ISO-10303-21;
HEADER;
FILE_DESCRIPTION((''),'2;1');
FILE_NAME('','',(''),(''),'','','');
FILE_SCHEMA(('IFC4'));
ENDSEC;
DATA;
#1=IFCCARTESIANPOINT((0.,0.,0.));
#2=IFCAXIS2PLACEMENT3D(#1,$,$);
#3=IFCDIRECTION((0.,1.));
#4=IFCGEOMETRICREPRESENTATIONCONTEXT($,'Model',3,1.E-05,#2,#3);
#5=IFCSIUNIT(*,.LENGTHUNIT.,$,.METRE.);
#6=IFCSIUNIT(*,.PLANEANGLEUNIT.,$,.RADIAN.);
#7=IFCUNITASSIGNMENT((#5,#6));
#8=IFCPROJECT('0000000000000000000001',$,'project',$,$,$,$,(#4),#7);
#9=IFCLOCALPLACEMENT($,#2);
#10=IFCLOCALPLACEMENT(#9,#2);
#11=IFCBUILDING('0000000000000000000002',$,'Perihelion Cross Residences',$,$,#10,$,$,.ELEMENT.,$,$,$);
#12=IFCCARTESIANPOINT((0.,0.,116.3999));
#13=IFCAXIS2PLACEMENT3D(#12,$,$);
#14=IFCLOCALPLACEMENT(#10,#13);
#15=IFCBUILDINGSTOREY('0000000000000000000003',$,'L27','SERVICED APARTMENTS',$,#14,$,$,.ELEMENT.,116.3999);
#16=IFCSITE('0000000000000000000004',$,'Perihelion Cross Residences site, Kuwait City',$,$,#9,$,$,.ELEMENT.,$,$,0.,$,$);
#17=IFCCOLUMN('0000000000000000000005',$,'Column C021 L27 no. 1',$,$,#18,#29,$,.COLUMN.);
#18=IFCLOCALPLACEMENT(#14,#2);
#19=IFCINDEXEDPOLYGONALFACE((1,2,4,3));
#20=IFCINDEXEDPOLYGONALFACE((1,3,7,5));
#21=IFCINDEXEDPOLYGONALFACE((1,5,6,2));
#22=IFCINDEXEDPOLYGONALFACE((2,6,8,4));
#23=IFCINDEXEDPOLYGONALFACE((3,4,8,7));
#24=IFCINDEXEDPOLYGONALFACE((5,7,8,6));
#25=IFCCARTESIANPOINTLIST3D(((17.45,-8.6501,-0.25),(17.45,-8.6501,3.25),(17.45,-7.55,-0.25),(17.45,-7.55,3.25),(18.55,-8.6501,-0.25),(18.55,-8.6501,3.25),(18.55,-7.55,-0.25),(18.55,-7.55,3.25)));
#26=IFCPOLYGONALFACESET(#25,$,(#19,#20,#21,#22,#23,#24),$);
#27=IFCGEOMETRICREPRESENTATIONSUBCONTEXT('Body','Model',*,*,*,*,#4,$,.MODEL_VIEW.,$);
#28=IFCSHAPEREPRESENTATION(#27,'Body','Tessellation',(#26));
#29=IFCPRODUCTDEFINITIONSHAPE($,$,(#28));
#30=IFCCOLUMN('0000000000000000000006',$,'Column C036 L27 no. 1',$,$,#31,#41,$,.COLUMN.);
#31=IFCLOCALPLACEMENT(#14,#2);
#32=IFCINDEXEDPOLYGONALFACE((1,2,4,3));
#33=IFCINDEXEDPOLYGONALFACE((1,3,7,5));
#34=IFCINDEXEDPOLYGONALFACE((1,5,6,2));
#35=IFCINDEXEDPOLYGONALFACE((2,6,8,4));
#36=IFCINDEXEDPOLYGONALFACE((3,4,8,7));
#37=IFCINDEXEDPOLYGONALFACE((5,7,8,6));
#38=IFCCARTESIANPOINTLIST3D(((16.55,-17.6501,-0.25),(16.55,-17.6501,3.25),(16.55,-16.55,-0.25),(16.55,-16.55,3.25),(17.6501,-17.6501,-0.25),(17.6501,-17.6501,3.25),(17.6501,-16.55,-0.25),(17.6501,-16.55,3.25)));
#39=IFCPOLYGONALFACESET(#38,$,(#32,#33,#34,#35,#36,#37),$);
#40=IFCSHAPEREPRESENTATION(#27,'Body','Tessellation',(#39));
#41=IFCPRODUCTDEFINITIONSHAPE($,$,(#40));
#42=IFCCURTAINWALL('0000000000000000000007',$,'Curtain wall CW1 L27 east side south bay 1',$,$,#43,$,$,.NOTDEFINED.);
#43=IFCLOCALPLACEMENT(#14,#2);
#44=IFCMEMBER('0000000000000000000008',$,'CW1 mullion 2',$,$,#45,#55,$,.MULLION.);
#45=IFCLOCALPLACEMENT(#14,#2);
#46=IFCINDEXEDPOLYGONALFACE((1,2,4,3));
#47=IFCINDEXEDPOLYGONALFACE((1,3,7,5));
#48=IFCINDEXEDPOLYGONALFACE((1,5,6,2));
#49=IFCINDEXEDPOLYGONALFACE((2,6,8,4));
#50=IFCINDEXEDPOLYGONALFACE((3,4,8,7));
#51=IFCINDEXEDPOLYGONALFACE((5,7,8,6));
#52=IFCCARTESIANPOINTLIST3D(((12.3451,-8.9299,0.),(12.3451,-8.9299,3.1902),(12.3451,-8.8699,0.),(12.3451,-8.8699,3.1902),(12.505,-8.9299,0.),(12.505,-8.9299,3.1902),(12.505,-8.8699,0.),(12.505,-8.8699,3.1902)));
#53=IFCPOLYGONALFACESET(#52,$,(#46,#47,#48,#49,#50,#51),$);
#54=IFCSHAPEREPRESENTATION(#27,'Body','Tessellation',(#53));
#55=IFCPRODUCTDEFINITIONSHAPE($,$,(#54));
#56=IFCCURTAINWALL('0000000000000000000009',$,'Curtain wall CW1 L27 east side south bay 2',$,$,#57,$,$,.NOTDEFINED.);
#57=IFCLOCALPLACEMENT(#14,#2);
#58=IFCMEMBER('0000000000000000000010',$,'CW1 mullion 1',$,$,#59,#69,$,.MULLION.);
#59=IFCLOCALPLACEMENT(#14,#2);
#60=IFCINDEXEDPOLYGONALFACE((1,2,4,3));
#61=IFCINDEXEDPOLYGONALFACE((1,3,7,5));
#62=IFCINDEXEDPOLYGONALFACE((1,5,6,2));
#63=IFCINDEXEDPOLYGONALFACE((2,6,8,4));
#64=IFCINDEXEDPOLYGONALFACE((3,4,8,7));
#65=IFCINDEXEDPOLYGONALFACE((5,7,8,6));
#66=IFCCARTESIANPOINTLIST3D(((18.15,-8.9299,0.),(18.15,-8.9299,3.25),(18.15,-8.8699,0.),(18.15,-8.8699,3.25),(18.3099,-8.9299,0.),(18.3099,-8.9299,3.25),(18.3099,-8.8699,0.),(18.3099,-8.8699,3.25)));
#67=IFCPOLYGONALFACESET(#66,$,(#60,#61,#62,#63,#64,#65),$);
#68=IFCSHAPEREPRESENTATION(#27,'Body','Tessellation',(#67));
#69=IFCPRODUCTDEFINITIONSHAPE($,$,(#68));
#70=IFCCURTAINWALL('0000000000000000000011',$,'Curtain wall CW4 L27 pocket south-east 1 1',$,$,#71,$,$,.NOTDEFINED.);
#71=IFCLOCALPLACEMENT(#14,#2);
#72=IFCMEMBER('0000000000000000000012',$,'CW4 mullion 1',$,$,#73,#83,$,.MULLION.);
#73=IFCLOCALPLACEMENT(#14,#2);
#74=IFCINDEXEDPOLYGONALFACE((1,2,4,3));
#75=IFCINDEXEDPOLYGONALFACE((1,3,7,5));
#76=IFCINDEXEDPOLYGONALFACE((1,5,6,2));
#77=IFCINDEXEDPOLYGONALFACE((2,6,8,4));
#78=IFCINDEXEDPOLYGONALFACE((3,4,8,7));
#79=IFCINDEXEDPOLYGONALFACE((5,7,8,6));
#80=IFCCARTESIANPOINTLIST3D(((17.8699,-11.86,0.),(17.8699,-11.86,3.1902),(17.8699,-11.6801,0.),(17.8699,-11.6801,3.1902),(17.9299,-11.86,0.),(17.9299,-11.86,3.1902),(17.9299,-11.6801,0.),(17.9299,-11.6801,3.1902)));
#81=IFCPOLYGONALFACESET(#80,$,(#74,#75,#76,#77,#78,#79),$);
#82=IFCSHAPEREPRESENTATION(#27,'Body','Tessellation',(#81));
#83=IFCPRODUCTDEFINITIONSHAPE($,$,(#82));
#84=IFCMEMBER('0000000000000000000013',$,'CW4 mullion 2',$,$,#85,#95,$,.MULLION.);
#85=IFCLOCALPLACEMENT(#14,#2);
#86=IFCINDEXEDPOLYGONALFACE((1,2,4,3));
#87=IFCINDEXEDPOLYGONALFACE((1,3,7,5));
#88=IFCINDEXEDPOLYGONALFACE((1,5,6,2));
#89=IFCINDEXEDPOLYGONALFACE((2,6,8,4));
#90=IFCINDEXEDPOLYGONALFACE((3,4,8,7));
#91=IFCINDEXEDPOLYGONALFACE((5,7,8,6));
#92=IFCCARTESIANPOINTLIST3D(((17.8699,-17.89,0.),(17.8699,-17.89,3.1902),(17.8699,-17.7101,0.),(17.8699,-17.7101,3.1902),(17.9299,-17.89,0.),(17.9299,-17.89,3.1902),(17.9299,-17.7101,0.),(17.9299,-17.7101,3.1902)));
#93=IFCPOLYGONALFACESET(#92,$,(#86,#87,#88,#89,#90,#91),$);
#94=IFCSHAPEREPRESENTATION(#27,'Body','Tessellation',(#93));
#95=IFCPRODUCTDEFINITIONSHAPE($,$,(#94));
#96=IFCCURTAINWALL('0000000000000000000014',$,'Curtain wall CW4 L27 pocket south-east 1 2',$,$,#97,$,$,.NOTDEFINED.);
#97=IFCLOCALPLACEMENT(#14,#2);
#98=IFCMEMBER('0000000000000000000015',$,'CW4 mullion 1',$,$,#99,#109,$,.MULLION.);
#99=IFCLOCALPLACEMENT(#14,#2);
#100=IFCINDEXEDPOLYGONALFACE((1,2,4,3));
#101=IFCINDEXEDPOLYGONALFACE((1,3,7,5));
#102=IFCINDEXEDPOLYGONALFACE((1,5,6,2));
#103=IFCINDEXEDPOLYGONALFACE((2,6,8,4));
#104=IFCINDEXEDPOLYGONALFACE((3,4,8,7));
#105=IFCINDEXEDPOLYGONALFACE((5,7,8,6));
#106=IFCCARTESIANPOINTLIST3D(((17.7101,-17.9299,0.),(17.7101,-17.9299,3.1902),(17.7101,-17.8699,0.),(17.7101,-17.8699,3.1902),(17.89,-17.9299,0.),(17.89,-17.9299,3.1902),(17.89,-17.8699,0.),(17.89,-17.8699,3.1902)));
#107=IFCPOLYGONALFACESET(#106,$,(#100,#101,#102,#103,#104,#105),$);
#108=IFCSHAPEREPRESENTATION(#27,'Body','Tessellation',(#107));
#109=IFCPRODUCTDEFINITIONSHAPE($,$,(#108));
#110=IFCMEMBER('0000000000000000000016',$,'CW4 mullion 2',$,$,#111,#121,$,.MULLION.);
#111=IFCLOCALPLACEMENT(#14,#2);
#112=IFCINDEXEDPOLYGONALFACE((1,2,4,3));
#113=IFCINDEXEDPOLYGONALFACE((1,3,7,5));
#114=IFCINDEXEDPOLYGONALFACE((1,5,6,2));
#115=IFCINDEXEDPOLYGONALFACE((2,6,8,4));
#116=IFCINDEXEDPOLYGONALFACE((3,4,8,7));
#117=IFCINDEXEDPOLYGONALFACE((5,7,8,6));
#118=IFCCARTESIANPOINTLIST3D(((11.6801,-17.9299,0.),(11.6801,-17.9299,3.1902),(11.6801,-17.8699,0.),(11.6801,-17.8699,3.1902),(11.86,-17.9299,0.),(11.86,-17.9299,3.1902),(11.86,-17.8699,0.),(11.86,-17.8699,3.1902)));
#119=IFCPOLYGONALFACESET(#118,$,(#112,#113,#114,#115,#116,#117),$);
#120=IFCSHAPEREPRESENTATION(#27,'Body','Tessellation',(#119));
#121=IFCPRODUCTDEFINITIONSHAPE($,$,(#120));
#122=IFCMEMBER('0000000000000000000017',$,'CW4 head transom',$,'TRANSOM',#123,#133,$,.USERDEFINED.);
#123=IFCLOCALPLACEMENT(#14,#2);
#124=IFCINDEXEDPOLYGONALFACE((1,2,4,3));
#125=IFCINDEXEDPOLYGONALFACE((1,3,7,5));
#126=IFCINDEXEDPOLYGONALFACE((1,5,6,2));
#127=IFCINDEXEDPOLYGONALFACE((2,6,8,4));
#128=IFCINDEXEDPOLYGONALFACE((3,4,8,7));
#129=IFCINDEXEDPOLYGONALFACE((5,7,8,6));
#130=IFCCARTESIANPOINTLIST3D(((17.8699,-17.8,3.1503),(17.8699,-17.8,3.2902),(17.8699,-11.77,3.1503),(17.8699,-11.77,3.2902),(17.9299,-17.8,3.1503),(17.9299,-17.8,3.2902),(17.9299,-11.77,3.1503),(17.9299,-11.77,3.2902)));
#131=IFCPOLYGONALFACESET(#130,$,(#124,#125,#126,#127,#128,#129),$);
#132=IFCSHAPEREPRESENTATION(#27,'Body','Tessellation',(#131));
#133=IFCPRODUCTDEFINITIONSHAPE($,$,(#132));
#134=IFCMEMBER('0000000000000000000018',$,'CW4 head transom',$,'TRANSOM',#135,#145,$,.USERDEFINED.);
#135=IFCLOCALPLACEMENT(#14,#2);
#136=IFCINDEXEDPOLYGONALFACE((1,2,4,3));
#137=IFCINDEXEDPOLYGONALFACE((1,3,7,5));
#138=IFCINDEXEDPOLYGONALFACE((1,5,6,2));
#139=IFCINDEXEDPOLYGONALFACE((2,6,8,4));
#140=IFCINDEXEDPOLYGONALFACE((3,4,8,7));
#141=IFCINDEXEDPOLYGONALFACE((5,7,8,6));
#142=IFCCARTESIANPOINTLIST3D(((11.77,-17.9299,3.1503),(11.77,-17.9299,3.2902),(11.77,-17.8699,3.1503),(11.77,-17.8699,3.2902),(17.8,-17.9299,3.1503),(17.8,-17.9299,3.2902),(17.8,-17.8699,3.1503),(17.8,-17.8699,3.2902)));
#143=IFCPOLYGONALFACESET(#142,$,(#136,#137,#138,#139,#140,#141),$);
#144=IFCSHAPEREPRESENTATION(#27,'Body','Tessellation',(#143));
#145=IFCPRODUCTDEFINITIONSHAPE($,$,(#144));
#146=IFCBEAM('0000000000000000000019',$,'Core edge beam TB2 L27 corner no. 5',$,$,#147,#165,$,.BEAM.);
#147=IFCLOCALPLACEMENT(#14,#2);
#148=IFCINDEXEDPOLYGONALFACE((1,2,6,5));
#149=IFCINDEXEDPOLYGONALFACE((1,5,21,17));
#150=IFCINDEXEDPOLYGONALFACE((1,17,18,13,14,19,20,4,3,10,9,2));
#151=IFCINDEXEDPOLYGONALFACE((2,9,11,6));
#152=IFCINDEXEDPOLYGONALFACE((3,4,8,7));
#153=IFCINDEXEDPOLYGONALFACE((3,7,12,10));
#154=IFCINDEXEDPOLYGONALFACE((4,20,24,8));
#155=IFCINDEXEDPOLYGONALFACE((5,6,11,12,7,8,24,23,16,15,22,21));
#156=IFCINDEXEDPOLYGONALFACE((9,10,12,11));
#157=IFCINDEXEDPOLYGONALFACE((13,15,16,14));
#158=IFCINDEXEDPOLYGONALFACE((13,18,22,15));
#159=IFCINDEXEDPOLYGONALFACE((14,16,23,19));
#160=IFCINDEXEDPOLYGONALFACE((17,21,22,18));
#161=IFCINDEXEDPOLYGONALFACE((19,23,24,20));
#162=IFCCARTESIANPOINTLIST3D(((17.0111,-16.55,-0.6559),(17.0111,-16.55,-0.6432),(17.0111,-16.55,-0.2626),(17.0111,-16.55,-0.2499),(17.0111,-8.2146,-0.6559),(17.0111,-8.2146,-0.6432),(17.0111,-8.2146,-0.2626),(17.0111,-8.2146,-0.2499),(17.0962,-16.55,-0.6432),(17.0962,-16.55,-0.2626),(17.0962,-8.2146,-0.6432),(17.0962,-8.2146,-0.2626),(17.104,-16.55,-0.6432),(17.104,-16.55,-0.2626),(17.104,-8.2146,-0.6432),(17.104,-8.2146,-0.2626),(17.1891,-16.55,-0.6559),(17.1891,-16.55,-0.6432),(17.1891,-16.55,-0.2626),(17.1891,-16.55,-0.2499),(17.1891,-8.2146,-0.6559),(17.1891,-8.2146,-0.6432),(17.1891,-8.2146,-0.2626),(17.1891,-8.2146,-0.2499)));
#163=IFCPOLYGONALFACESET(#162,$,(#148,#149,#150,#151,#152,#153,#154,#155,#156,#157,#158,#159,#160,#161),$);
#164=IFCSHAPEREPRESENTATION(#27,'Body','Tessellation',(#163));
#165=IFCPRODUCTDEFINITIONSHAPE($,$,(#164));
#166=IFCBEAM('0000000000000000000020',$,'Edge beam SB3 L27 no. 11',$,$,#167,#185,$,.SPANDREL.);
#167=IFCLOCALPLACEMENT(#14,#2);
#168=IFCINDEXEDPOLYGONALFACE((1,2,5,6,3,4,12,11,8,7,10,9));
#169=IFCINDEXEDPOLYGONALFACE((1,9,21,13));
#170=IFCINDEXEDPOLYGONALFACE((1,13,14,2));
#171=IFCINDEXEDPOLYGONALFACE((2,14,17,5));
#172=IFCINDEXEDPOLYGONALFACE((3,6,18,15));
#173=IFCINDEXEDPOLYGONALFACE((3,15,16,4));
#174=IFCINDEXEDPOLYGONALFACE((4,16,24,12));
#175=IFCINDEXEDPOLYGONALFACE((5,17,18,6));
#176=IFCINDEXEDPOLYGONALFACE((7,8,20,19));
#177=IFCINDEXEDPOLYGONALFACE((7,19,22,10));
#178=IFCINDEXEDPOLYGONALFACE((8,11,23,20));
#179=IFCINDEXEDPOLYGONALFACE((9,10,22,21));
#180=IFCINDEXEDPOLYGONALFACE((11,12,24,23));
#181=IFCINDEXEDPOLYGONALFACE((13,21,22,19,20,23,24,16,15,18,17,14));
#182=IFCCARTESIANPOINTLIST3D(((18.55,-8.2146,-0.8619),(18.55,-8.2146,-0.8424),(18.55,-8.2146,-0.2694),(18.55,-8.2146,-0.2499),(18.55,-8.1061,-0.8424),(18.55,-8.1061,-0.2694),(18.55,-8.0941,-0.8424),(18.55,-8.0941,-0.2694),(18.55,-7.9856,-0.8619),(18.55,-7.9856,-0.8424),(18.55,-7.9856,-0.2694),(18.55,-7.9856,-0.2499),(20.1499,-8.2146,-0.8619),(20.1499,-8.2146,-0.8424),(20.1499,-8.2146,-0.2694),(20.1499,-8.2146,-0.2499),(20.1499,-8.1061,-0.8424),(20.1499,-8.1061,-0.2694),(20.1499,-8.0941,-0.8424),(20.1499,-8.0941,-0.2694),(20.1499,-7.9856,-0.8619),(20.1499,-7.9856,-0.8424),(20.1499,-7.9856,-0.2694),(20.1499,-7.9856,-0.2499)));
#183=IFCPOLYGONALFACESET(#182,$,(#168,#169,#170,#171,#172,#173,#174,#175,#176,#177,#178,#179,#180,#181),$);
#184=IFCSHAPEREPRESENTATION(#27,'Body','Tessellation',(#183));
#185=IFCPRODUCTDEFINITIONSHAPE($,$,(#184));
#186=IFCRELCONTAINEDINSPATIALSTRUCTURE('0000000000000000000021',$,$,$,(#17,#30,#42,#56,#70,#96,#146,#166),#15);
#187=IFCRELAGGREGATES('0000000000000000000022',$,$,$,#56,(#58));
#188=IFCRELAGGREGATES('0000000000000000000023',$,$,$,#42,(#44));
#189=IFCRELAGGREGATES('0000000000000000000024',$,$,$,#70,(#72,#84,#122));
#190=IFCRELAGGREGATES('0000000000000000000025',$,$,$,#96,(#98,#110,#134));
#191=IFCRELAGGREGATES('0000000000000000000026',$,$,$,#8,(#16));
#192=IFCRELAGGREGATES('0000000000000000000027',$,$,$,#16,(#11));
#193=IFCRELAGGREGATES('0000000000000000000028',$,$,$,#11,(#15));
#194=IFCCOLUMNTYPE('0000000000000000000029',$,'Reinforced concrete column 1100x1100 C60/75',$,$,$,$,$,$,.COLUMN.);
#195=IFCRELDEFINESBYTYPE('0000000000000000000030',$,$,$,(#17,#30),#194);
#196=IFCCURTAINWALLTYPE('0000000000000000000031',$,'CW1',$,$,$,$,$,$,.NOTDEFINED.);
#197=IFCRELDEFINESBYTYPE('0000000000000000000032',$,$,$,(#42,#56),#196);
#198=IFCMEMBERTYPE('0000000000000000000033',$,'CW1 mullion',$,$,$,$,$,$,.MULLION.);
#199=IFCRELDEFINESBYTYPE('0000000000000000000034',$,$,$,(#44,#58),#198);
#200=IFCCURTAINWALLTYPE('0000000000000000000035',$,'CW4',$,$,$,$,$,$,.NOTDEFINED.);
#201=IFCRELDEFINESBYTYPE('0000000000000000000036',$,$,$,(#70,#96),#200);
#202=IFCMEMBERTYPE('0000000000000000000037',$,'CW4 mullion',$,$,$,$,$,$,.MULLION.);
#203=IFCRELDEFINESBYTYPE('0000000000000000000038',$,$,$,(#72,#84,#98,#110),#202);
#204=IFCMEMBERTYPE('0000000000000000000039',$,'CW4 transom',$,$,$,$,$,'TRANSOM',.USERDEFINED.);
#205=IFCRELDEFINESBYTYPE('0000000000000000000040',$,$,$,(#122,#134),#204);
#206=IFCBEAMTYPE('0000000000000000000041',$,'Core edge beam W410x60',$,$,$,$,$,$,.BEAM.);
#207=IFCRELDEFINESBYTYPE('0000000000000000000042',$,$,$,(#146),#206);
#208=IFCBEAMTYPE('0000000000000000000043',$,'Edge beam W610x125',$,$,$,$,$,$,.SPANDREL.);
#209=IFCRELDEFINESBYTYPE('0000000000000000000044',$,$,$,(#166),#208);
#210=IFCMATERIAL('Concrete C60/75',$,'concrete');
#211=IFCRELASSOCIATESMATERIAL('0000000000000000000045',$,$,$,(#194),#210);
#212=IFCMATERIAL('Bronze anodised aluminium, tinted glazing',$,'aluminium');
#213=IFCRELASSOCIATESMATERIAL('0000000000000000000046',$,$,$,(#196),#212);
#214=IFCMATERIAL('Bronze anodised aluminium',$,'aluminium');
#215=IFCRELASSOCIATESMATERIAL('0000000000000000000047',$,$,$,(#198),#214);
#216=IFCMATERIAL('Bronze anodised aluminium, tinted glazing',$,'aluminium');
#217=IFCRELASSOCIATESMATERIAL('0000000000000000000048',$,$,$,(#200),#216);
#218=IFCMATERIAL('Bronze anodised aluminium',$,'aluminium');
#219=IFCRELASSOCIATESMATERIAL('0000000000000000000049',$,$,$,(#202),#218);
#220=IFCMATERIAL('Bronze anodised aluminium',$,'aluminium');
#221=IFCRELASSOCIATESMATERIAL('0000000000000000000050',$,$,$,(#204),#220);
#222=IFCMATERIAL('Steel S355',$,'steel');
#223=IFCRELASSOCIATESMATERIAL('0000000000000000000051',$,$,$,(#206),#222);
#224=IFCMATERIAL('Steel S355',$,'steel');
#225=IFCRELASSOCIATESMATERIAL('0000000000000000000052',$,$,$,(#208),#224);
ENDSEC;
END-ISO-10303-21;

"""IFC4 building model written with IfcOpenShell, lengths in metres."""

from ifc_helpers import new_model, si_unit, direction, frame, origin, origin_2d, place, context, subcontext, project, spatial, rectangle, i_section, extrude, material, material_profile, profile_set, type_object, element, aggregate, save


model = new_model("IFC4")

# Units and contexts
model_context = context("Model", 3, precision=1e-05, world=origin(), true_north=direction((0.0, 1.0)))
body_context = subcontext(model_context, "Body", "Model", "MODEL_VIEW")
ifc_project = project(units=[si_unit("LENGTHUNIT", "METRE"), si_unit("PLANEANGLEUNIT", "RADIAN")], contexts=[model_context])

# Site, building, storey
site_placement = place(None, origin())
site = spatial("IfcSite", under=ifc_project, at=site_placement, Name="Perihelion Cross Residences site, Kuwait City", CompositionType="ELEMENT", RefElevation=0.0)
building_placement = place(site_placement, origin())
building = spatial("IfcBuilding", under=site, at=building_placement, Name="Perihelion Cross Residences", CompositionType="ELEMENT")
storey_placement = place(building_placement, frame((0.0, 0.0, 116.3999)))
storey = spatial("IfcBuildingStorey", under=building, at=storey_placement, Name="L27", Description="SERVICED APARTMENTS", CompositionType="ELEMENT", Elevation=116.3999)

# Columns
ifc_material_1 = material(Name="Concrete C60/75", Category="concrete")
ifc_material_profile_1 = material_profile(ifc_material_1, rectangle(XDim=1.1001, YDim=1.1001, at=origin_2d()), Name="RC 1100x1100")
ifc_profile_set_1 = profile_set([ifc_material_profile_1], Name="Concrete C60/75")
column_type = type_object("IfcColumnType", Name="Reinforced concrete column 1100x1100 C60/75", PredefinedType="COLUMN", material=ifc_profile_set_1)
for number, where, z_axis, x_axis, name in (
    (1, (18.0, -8.1001, -0.25), (0.0, 0.0, 1.0), (1.0, 0.0, 0.0), "Column C021 L27 no. 1"),
    (2, (17.1001, -17.1001, -0.25), (0.0, 0.0, 1.0), (1.0, 0.0, 0.0), "Column C036 L27 no. 1"),
):
    element("IfcColumn", number, at=place(storey_placement, frame(where, z_axis=z_axis, x_axis=x_axis)), inside=storey, type_object=column_type, Name=name, PredefinedType="COLUMN", context=body_context, shape_type="SweptSolid", body=[
        extrude(rectangle(XDim=1.1001, YDim=1.1001, at=origin_2d()), origin(), (0.0, 0.0, 1.0), 3.5),
    ])

# Curtain walls, members
ifc_material_2 = material(Name="Bronze anodised aluminium, tinted glazing", Category="aluminium")
curtain_wall_type_1 = type_object("IfcCurtainWallType", Name="CW1", PredefinedType="NOTDEFINED", material=ifc_material_2)
curtain_wall_1_placement = place(storey_placement, origin())
curtain_wall_1 = element("IfcCurtainWall", 3, at=curtain_wall_1_placement, inside=storey, type_object=curtain_wall_type_1, Name="Curtain wall CW1 L27 east side south bay 1", PredefinedType="NOTDEFINED")
ifc_material_3 = material(Name="Bronze anodised aluminium", Category="aluminium")
ifc_material_profile_2 = material_profile(ifc_material_3, rectangle(XDim=0.0601, YDim=0.1599, at=origin_2d()), Name="CW1 mullion")
ifc_profile_set_2 = profile_set([ifc_material_profile_2], Name="Bronze anodised aluminium")
member_type_1 = type_object("IfcMemberType", Name="CW1 mullion", PredefinedType="MULLION", material=ifc_profile_set_2)
member_1_placement = place(storey_placement, frame((12.425, -8.8999, 0.0), z_axis=(0.0, 0.0, 1.0), x_axis=(0.0, 1.0, 0.0)))
member_1 = element("IfcMember", 4, at=member_1_placement, type_object=member_type_1, Name="CW1 mullion 2", PredefinedType="MULLION", context=body_context, shape_type="SweptSolid", body=[
    extrude(rectangle(XDim=0.0601, YDim=0.1599, at=origin_2d()), origin(), (0.0, 0.0, 1.0), 3.1902),
])
curtain_wall_2_placement = place(storey_placement, origin())
curtain_wall_2 = element("IfcCurtainWall", 5, at=curtain_wall_2_placement, inside=storey, type_object=curtain_wall_type_1, Name="Curtain wall CW1 L27 east side south bay 2", PredefinedType="NOTDEFINED")
member_2_placement = place(storey_placement, frame((18.23, -8.8999, 0.0), z_axis=(0.0, 0.0, 1.0), x_axis=(0.0, 1.0, 0.0)))
member_2 = element("IfcMember", 6, at=member_2_placement, type_object=member_type_1, Name="CW1 mullion 1", PredefinedType="MULLION", context=body_context, shape_type="SweptSolid", body=[
    extrude(rectangle(XDim=0.0601, YDim=0.1599, at=origin_2d()), origin(), (0.0, 0.0, 1.0), 3.25),
])
aggregate(curtain_wall_2, [member_2])

# Curtain walls, members
ifc_material_4 = material(Name="Bronze anodised aluminium, tinted glazing", Category="aluminium")
curtain_wall_type_2 = type_object("IfcCurtainWallType", Name="CW4", PredefinedType="NOTDEFINED", material=ifc_material_4)
curtain_wall_3_placement = place(storey_placement, origin())
curtain_wall_3 = element("IfcCurtainWall", 7, at=curtain_wall_3_placement, inside=storey, type_object=curtain_wall_type_2, Name="Curtain wall CW4 L27 pocket south-east 1 1", PredefinedType="NOTDEFINED")
ifc_material_5 = material(Name="Bronze anodised aluminium", Category="aluminium")
ifc_material_profile_3 = material_profile(ifc_material_5, rectangle(XDim=0.0601, YDim=0.1799, at=origin_2d()), Name="CW4 mullion")
ifc_profile_set_3 = profile_set([ifc_material_profile_3], Name="Bronze anodised aluminium")
member_type_2 = type_object("IfcMemberType", Name="CW4 mullion", PredefinedType="MULLION", material=ifc_profile_set_3)
member_3_placement = place(storey_placement, frame((17.8999, -11.77, 0.0), z_axis=(0.0, 0.0, 1.0), x_axis=(1.0, 0.0, 0.0)))
member_3 = element("IfcMember", 8, at=member_3_placement, type_object=member_type_2, Name="CW4 mullion 1", PredefinedType="MULLION", context=body_context, shape_type="SweptSolid", body=[
    extrude(rectangle(XDim=0.0601, YDim=0.1799, at=origin_2d()), origin(), (0.0, 0.0, 1.0), 3.1902),
])
member_4_placement = place(storey_placement, frame((17.8999, -17.8, 0.0), z_axis=(0.0, 0.0, 1.0), x_axis=(1.0, 0.0, 0.0)))
member_4 = element("IfcMember", 9, at=member_4_placement, type_object=member_type_2, Name="CW4 mullion 2", PredefinedType="MULLION", context=body_context, shape_type="SweptSolid", body=[
    extrude(rectangle(XDim=0.0601, YDim=0.1799, at=origin_2d()), origin(), (0.0, 0.0, 1.0), 3.1902),
])
curtain_wall_4_placement = place(storey_placement, origin())
curtain_wall_4 = element("IfcCurtainWall", 10, at=curtain_wall_4_placement, inside=storey, type_object=curtain_wall_type_2, Name="Curtain wall CW4 L27 pocket south-east 1 2", PredefinedType="NOTDEFINED")
member_5_placement = place(storey_placement, frame((17.8, -17.8999, 0.0), z_axis=(0.0, 0.0, 1.0), x_axis=(0.0, -1.0, 0.0)))
member_5 = element("IfcMember", 11, at=member_5_placement, type_object=member_type_2, Name="CW4 mullion 1", PredefinedType="MULLION", context=body_context, shape_type="SweptSolid", body=[
    extrude(rectangle(XDim=0.0601, YDim=0.1799, at=origin_2d()), origin(), (0.0, 0.0, 1.0), 3.1902),
])
member_6_placement = place(storey_placement, frame((11.77, -17.8999, 0.0), z_axis=(0.0, 0.0, 1.0), x_axis=(0.0, -1.0, 0.0)))
member_6 = element("IfcMember", 12, at=member_6_placement, type_object=member_type_2, Name="CW4 mullion 2", PredefinedType="MULLION", context=body_context, shape_type="SweptSolid", body=[
    extrude(rectangle(XDim=0.0601, YDim=0.1799, at=origin_2d()), origin(), (0.0, 0.0, 1.0), 3.1902),
])

# Members
ifc_material_6 = material(Name="Bronze anodised aluminium", Category="aluminium")
ifc_material_profile_4 = material_profile(ifc_material_6, rectangle(XDim=0.0601, YDim=0.1399, at=origin_2d()), Name="CW4 transom")
ifc_profile_set_4 = profile_set([ifc_material_profile_4], Name="Bronze anodised aluminium")
member_type_3 = type_object("IfcMemberType", Name="CW4 transom", ElementType="TRANSOM", PredefinedType="USERDEFINED", material=ifc_profile_set_4)
member_7_placement = place(storey_placement, frame((17.8999, -11.77, 3.2202), z_axis=(0.0, -1.0, 0.0), x_axis=(1.0, 0.0, 0.0)))
member_7 = element("IfcMember", 13, at=member_7_placement, type_object=member_type_3, Name="CW4 head transom", ObjectType="TRANSOM", PredefinedType="USERDEFINED", context=body_context, shape_type="SweptSolid", body=[
    extrude(rectangle(XDim=0.0601, YDim=0.1399, at=origin_2d()), origin(), (0.0, 0.0, 1.0), 6.03),
])
member_8_placement = place(storey_placement, frame((17.8, -17.8999, 3.2202), z_axis=(-1.0, 0.0, 0.0), x_axis=(0.0, -1.0, 0.0)))
member_8 = element("IfcMember", 14, at=member_8_placement, type_object=member_type_3, Name="CW4 head transom", ObjectType="TRANSOM", PredefinedType="USERDEFINED", context=body_context, shape_type="SweptSolid", body=[
    extrude(rectangle(XDim=0.0601, YDim=0.1399, at=origin_2d()), origin(), (0.0, 0.0, 1.0), 6.03),
])

# Beams
ifc_material_7 = material(Name="Steel S355", Category="steel")
ifc_material_profile_5 = material_profile(ifc_material_7, i_section(OverallWidth=0.178, OverallDepth=0.406, WebThickness=0.0078, FlangeThickness=0.0127, at=origin_2d()), Name="W410x60")
ifc_profile_set_5 = profile_set([ifc_material_profile_5], Name="Steel S355")
beam_type_1 = type_object("IfcBeamType", Name="Core edge beam W410x60", PredefinedType="BEAM", material=ifc_profile_set_5)
beam_1_placement = place(storey_placement, frame((17.1001, -8.2146, -0.4529), z_axis=(0.0, -1.0, 0.0), x_axis=(1.0, 0.0, 0.0)))
element("IfcBeam", 15, at=beam_1_placement, inside=storey, type_object=beam_type_1, Name="Core edge beam TB2 L27 corner no. 5", PredefinedType="BEAM", context=body_context, shape_type="SweptSolid", body=[
    extrude(i_section(OverallWidth=0.178, OverallDepth=0.406, WebThickness=0.0078, FlangeThickness=0.0127, at=origin_2d()), origin(), (0.0, 0.0, 1.0), 8.3354),
])
ifc_material_8 = material(Name="Steel S355", Category="steel")
ifc_material_profile_6 = material_profile(ifc_material_8, i_section(OverallWidth=0.229, OverallDepth=0.6121, WebThickness=0.012, FlangeThickness=0.0195, at=origin_2d()), Name="W610x125")
ifc_profile_set_6 = profile_set([ifc_material_profile_6], Name="Steel S355")
beam_type_2 = type_object("IfcBeamType", Name="Edge beam W610x125", PredefinedType="SPANDREL", material=ifc_profile_set_6)
beam_2_placement = place(storey_placement, frame((18.55, -8.1001, -0.5559), z_axis=(1.0, 0.0, 0.0), x_axis=(0.0, 1.0, 0.0)))
element("IfcBeam", 16, at=beam_2_placement, inside=storey, type_object=beam_type_2, Name="Edge beam SB3 L27 no. 11", PredefinedType="SPANDREL", context=body_context, shape_type="SweptSolid", body=[
    extrude(i_section(OverallWidth=0.229, OverallDepth=0.6121, WebThickness=0.012, FlangeThickness=0.0195, at=origin_2d()), origin(), (0.0, 0.0, 1.0), 1.5999),
])

aggregate(curtain_wall_1, [member_1])
aggregate(curtain_wall_3, [member_3, member_4, member_7])
aggregate(curtain_wall_4, [member_5, member_6, member_8])

save(model, "model.ifc")
